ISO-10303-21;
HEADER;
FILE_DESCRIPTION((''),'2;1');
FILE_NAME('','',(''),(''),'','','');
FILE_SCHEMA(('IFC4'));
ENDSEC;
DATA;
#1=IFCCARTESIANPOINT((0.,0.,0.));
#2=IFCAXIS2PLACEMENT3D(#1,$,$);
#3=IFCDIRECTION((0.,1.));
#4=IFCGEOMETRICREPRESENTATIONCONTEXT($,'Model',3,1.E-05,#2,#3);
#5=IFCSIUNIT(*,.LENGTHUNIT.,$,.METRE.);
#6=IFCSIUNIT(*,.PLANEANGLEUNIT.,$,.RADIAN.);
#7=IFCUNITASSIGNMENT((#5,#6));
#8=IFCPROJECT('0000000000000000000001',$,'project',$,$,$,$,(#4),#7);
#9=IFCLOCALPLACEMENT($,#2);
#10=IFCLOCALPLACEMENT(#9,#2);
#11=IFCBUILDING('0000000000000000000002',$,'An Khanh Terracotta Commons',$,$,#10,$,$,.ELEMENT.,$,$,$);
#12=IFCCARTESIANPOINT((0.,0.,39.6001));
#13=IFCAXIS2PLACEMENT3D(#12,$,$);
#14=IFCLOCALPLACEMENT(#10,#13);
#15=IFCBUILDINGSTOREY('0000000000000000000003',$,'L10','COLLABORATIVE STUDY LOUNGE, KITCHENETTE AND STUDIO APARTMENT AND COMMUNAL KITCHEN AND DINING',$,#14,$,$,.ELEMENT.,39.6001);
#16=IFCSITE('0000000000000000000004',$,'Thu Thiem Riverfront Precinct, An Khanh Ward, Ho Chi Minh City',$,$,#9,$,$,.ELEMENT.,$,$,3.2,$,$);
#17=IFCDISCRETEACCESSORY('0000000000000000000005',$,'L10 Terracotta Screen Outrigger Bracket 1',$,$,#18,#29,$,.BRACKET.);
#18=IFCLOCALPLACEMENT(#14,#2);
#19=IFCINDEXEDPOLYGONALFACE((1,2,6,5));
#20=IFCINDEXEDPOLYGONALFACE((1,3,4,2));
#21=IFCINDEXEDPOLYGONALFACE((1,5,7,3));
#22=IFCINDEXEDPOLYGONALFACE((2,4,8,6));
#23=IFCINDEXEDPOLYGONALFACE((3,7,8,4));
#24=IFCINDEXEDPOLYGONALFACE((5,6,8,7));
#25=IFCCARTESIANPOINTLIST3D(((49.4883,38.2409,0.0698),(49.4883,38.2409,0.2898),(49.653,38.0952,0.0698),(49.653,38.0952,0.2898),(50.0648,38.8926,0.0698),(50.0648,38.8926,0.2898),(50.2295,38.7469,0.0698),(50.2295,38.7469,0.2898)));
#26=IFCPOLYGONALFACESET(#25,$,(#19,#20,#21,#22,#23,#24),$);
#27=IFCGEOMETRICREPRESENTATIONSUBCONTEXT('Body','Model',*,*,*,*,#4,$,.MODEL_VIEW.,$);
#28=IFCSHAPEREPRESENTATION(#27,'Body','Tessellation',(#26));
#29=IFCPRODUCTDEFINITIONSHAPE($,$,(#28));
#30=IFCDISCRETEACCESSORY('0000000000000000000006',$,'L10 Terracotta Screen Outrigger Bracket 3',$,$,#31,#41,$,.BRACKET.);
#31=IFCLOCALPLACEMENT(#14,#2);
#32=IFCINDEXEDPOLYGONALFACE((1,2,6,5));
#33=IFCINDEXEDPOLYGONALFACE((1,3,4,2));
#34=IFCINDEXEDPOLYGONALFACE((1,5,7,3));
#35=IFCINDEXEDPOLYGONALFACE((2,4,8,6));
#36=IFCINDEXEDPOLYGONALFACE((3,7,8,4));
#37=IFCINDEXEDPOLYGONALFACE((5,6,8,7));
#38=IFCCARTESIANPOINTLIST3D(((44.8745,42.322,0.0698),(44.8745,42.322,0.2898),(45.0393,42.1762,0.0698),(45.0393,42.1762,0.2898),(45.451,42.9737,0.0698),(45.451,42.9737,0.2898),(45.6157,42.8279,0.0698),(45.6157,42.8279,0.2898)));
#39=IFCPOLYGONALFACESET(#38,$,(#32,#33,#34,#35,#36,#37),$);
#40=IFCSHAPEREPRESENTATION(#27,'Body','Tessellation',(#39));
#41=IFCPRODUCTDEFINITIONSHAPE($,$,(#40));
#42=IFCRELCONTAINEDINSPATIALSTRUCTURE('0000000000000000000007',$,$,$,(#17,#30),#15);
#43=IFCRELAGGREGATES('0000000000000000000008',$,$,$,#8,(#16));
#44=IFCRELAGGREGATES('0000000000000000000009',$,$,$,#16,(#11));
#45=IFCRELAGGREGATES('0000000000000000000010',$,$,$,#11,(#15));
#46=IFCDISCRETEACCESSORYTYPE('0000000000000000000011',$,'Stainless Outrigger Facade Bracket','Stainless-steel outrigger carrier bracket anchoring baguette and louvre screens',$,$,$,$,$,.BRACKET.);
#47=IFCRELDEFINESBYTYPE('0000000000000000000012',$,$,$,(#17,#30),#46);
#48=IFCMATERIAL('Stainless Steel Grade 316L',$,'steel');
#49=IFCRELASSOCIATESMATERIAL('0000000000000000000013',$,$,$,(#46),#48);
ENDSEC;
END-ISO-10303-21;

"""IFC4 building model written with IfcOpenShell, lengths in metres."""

from ifc_helpers import new_model, si_unit, direction, frame, origin, origin_2d, place, context, subcontext, project, spatial, rectangle, extrude, material, type_object, element, save


model = new_model("IFC4")

# Units and contexts
model_context = context("Model", 3, precision=1e-05, world=origin(), true_north=direction((0.0, 1.0)))
body_context = subcontext(model_context, "Body", "Model", "MODEL_VIEW")
ifc_project = project(units=[si_unit("LENGTHUNIT", "METRE"), si_unit("PLANEANGLEUNIT", "RADIAN")], contexts=[model_context])

# Site, building, storey
site_placement = place(None, origin())
site = spatial("IfcSite", under=ifc_project, at=site_placement, Name="Thu Thiem Riverfront Precinct, An Khanh Ward, Ho Chi Minh City", CompositionType="ELEMENT", RefElevation=3.2)
building_placement = place(site_placement, origin())
building = spatial("IfcBuilding", under=site, at=building_placement, Name="An Khanh Terracotta Commons", CompositionType="ELEMENT")
storey_placement = place(building_placement, frame((0.0, 0.0, 39.6001)))
storey = spatial("IfcBuildingStorey", under=building, at=storey_placement, Name="L10", Description="COLLABORATIVE STUDY LOUNGE, KITCHENETTE AND STUDIO APARTMENT AND COMMUNAL KITCHEN AND DINING", CompositionType="ELEMENT", Elevation=39.6001)

# Discrete accessories
ifc_material_1 = material(Name="Stainless Steel Grade 316L", Category="steel")
discrete_accessory_type = type_object("IfcDiscreteAccessoryType", Name="Stainless Outrigger Facade Bracket", Description="Stainless-steel outrigger carrier bracket anchoring baguette and louvre screens", PredefinedType="BRACKET", material=ifc_material_1)
for number, where, z_axis, x_axis, name in (
    (1, (49.8589, 38.4939, 0.0698), (0.0, 0.0, 1.0), (-0.749019, 0.662548, 0.0), "L10 Terracotta Screen Outrigger Bracket 1"),
    (2, (45.2451, 42.575, 0.0698), (0.0, 0.0, 1.0), (-0.749019, 0.662548, 0.0), "L10 Terracotta Screen Outrigger Bracket 3"),
):
    element("IfcDiscreteAccessory", number, at=place(storey_placement, frame(where, z_axis=z_axis, x_axis=x_axis)), inside=storey, type_object=discrete_accessory_type, Name=name, PredefinedType="BRACKET", context=body_context, shape_type="SweptSolid", body=[
        extrude(rectangle(XDim=0.22, YDim=0.8701, at=origin_2d()), origin(), (0.0, 0.0, 1.0), 0.22),
    ])

save(model, "model.ifc")
